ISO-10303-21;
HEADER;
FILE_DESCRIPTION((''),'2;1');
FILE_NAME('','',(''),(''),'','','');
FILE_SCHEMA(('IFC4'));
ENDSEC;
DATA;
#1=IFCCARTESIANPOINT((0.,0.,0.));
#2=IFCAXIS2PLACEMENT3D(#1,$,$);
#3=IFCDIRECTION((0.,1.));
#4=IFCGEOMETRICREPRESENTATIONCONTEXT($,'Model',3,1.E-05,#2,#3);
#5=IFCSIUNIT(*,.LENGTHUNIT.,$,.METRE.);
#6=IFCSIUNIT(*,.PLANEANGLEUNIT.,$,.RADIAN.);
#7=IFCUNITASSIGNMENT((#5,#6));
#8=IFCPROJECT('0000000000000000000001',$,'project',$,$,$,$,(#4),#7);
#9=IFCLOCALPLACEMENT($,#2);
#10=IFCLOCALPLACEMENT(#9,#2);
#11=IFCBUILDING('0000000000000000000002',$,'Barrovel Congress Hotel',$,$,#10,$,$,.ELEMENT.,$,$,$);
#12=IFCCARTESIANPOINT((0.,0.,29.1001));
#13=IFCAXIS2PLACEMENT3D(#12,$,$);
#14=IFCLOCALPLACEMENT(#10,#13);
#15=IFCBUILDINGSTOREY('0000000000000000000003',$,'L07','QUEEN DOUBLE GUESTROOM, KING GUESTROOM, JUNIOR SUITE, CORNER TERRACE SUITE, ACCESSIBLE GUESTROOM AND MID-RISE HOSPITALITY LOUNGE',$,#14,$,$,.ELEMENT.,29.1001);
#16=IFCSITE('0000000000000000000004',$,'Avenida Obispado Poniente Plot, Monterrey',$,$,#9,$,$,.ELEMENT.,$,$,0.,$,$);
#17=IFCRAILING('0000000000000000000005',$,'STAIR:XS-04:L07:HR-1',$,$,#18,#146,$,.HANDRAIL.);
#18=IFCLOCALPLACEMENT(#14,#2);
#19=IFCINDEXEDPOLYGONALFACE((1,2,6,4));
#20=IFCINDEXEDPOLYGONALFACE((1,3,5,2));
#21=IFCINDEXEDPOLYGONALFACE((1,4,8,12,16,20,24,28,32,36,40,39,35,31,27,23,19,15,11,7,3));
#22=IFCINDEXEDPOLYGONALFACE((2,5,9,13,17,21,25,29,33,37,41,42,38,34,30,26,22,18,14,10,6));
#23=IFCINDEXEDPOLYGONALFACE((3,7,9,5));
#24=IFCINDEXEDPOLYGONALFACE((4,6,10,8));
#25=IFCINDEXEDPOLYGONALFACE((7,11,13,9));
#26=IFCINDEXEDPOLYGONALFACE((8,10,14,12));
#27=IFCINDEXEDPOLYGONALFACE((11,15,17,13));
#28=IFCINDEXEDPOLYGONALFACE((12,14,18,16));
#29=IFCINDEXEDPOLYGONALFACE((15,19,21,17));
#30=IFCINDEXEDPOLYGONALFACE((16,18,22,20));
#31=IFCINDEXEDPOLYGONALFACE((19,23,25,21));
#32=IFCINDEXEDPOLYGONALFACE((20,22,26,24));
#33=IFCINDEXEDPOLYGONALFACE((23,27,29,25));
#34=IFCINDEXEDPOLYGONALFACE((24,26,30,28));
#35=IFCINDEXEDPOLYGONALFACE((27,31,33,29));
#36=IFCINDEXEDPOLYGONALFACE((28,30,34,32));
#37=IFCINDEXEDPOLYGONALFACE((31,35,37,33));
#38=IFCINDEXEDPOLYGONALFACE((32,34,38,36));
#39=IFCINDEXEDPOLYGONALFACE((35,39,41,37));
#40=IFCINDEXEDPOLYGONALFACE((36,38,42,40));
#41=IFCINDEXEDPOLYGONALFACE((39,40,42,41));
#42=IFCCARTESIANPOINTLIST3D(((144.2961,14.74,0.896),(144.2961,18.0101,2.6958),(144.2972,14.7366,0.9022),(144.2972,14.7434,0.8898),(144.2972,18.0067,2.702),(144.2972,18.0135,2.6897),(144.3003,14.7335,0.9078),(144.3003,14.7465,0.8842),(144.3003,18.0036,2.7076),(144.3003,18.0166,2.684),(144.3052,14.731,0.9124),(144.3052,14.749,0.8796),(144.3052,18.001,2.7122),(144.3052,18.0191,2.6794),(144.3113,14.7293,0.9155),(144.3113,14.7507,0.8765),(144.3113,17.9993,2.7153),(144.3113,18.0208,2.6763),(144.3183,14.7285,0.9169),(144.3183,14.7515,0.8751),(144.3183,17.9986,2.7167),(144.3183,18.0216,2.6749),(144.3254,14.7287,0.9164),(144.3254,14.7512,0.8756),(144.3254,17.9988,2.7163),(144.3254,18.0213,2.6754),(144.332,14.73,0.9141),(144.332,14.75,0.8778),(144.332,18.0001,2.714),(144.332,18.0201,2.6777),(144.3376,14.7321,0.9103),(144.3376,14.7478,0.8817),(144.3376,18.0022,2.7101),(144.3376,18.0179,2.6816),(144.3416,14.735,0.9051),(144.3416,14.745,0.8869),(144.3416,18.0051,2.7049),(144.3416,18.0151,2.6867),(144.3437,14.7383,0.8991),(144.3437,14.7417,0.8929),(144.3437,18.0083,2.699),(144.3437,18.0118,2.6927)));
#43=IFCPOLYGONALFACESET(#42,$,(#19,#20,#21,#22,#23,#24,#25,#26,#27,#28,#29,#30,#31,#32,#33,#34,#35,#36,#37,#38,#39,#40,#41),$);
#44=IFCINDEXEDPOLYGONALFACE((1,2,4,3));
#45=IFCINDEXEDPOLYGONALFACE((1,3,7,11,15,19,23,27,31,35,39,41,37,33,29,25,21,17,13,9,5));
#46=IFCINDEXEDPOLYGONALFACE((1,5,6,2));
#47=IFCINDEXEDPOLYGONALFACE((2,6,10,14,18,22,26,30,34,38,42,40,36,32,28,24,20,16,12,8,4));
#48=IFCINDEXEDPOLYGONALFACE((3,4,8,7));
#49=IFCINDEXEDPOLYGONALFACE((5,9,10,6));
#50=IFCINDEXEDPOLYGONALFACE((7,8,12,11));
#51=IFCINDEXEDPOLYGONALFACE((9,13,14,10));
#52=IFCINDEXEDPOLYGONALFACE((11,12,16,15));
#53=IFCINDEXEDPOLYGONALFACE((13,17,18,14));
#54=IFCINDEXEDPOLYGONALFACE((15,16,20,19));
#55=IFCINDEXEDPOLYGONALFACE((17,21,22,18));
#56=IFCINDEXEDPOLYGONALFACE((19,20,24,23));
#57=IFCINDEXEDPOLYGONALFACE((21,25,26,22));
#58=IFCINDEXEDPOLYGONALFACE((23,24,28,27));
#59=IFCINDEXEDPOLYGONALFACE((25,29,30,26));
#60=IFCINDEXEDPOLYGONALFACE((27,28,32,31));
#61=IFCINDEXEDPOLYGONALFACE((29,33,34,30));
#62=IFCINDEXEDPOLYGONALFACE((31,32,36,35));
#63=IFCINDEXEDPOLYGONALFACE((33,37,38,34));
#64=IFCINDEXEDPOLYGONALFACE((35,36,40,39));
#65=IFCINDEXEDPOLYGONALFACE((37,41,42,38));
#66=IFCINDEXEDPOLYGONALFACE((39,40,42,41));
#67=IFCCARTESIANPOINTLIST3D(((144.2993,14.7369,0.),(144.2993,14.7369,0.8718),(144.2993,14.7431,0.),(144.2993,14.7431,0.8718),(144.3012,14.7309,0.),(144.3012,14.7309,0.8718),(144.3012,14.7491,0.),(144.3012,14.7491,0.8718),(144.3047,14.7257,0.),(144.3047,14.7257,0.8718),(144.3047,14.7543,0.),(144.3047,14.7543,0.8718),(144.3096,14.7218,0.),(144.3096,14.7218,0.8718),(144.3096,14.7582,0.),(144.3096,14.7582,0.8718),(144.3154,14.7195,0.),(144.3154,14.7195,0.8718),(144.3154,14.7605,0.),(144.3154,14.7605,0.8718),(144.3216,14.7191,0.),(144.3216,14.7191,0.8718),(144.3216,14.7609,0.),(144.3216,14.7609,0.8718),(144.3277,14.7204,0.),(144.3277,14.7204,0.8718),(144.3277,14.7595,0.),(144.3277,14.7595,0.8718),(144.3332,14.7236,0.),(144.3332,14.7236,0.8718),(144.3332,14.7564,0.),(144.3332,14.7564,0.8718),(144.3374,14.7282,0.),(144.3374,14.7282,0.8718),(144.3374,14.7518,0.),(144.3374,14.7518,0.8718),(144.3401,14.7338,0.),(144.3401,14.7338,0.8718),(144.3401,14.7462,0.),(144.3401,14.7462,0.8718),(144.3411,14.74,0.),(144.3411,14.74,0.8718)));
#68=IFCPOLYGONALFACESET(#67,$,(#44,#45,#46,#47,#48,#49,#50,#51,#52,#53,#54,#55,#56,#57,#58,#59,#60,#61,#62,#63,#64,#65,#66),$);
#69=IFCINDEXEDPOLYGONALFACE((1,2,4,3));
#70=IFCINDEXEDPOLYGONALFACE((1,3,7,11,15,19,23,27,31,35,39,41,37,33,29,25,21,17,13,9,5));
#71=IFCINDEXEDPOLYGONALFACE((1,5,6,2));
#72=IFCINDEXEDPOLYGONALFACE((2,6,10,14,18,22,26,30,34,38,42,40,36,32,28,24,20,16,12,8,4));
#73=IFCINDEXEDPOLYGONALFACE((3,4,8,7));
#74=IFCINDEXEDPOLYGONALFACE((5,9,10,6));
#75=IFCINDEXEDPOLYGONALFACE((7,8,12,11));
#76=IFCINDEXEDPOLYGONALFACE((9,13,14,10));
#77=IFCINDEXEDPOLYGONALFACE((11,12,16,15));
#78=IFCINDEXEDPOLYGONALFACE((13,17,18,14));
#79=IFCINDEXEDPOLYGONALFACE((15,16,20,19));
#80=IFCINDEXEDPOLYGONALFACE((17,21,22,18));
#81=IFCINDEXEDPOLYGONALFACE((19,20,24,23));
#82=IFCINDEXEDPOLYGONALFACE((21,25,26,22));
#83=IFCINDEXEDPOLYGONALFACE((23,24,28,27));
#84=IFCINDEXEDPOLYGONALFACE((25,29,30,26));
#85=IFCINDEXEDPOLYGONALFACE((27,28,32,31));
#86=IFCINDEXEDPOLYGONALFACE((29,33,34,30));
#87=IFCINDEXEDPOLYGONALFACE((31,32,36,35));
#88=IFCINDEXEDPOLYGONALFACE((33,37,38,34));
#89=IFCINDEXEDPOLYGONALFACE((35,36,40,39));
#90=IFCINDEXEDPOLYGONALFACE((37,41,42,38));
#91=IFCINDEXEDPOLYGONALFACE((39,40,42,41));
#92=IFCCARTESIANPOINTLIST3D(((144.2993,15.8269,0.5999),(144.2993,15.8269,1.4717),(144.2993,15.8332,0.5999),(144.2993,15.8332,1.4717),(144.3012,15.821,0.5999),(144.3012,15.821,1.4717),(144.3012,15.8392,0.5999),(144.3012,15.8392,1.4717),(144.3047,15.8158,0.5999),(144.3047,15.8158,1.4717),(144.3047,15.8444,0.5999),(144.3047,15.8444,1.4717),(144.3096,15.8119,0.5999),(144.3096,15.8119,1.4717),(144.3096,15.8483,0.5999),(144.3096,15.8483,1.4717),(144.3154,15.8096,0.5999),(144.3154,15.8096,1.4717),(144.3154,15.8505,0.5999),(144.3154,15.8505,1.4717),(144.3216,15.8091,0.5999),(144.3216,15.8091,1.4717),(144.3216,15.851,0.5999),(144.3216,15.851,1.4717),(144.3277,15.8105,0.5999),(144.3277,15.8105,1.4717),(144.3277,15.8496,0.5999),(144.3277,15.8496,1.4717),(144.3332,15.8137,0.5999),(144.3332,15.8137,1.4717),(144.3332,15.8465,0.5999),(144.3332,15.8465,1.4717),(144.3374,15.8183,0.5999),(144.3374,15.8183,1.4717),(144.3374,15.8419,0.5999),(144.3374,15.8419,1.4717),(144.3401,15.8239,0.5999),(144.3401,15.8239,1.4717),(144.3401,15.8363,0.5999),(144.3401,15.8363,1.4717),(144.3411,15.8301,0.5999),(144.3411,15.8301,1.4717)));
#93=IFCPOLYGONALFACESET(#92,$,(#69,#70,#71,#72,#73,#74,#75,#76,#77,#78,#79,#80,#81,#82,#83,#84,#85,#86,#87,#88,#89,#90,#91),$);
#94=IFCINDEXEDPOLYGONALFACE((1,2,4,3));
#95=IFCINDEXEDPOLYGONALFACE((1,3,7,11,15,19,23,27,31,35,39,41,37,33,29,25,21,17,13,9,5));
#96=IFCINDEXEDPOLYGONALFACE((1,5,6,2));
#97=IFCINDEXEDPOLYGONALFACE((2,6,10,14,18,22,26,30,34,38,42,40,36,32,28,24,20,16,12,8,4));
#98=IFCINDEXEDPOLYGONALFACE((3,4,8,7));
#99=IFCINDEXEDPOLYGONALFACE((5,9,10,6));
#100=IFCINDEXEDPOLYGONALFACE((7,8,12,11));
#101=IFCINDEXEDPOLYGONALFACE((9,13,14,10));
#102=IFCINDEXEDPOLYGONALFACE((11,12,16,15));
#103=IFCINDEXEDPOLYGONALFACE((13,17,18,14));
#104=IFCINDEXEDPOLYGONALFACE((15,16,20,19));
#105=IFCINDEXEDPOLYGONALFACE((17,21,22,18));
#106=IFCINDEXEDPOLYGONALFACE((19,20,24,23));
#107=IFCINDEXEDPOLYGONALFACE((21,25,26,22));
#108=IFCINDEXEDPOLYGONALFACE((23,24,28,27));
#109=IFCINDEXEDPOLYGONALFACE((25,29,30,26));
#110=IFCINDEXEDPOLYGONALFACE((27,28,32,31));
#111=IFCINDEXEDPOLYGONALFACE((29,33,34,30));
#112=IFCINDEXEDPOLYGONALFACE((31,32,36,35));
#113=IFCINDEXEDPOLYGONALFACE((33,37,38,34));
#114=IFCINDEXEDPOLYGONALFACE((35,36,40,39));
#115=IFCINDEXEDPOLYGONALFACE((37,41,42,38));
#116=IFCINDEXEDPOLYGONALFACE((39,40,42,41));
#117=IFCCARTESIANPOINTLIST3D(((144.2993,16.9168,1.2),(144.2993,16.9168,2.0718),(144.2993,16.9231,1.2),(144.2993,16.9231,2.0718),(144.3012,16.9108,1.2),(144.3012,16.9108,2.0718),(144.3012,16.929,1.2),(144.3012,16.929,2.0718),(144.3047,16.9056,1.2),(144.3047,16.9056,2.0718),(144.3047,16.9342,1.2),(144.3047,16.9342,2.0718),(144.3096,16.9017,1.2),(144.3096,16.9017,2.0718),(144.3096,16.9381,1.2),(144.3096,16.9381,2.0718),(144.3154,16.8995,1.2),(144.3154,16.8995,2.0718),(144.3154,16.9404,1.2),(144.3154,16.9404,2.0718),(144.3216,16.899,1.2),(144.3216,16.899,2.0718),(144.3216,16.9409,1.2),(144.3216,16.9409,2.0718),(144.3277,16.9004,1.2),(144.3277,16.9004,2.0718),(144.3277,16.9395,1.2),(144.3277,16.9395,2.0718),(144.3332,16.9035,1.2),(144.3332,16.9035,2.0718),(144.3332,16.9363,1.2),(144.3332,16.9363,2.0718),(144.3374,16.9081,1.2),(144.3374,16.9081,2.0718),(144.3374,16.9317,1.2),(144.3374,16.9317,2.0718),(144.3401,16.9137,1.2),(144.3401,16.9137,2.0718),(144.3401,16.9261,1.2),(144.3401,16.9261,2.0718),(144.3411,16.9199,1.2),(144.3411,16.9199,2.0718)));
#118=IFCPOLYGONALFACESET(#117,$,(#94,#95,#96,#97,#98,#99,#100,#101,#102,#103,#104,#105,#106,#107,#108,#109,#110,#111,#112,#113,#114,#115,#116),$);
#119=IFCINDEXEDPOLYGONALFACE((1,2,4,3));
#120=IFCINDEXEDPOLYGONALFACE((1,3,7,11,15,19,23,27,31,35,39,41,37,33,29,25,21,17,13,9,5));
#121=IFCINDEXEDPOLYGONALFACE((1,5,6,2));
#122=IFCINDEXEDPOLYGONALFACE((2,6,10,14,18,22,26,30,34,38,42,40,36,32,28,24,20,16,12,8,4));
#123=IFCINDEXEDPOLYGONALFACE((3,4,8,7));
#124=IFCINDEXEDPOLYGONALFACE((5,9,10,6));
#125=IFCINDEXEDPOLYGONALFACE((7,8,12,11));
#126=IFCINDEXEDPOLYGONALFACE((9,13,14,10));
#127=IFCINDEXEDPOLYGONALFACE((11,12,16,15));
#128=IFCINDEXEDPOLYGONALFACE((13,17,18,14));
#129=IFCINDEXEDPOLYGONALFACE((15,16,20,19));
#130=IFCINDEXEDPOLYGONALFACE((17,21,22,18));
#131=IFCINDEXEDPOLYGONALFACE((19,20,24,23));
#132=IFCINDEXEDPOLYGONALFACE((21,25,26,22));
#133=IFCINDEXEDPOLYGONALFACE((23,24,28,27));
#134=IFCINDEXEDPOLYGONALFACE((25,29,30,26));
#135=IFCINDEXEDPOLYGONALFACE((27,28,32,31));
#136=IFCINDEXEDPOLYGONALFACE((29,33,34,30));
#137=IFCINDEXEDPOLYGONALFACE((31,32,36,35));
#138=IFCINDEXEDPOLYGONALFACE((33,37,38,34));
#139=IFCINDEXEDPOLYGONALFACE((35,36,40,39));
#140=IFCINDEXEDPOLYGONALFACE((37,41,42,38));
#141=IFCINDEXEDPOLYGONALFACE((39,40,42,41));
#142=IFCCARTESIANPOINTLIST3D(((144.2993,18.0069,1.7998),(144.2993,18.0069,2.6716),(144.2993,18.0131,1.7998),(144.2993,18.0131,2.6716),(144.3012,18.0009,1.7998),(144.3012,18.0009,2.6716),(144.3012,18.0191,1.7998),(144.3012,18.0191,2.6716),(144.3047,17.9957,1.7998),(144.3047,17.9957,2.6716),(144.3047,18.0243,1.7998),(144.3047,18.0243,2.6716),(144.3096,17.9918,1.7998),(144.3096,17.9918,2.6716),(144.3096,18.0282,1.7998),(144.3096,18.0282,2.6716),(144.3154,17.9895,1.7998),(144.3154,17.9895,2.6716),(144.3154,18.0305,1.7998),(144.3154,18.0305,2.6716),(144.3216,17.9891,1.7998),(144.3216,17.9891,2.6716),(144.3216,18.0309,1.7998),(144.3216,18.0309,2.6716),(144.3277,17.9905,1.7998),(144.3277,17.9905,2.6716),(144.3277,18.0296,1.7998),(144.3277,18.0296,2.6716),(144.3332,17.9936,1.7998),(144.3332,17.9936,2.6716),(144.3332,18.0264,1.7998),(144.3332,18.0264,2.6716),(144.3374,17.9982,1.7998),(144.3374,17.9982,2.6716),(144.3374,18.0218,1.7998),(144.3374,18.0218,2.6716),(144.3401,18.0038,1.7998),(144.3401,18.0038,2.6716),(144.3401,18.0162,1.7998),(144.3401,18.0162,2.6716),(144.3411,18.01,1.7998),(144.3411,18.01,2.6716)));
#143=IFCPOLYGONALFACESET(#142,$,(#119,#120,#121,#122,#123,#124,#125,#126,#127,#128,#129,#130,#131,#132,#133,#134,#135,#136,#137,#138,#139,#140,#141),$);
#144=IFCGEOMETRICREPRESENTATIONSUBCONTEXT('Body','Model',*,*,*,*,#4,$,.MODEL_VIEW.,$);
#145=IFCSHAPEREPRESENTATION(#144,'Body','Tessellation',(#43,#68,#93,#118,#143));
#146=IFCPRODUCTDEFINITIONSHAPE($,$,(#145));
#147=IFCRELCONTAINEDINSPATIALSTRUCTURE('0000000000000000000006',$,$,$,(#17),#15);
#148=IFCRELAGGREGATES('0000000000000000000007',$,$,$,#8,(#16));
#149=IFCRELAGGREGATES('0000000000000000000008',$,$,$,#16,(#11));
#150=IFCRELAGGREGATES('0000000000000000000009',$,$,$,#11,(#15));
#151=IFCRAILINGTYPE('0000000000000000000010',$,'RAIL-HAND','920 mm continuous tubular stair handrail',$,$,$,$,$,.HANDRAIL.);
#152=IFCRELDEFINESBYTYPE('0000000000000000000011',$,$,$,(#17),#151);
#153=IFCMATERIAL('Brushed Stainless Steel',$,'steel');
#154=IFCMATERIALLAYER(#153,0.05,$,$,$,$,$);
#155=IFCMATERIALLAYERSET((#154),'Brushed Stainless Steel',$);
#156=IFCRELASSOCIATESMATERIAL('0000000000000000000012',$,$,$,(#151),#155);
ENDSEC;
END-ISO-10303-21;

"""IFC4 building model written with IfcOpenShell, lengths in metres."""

from ifc_helpers import new_model, si_unit, direction, frame, origin, origin_2d, place, context, subcontext, project, spatial, circle, extrude, material, layer, layer_set, type_object, element, save


model = new_model("IFC4")

# Units and contexts
model_context = context("Model", 3, precision=1e-05, world=origin(), true_north=direction((0.0, 1.0)))
body_context = subcontext(model_context, "Body", "Model", "MODEL_VIEW")
ifc_project = project(units=[si_unit("LENGTHUNIT", "METRE"), si_unit("PLANEANGLEUNIT", "RADIAN")], contexts=[model_context])

# Site, building, storey
site_placement = place(None, origin())
site = spatial("IfcSite", under=ifc_project, at=site_placement, Name="Avenida Obispado Poniente Plot, Monterrey", CompositionType="ELEMENT", RefElevation=0.0)
building_placement = place(site_placement, origin())
building = spatial("IfcBuilding", under=site, at=building_placement, Name="Barrovel Congress Hotel", CompositionType="ELEMENT")
storey_placement = place(building_placement, frame((0.0, 0.0, 29.1001)))
storey = spatial("IfcBuildingStorey", under=building, at=storey_placement, Name="L07", Description="QUEEN DOUBLE GUESTROOM, KING GUESTROOM, JUNIOR SUITE, CORNER TERRACE SUITE, ACCESSIBLE GUESTROOM AND MID-RISE HOSPITALITY LOUNGE", CompositionType="ELEMENT", Elevation=29.1001)

# Railing
ifc_material_1 = material(Name="Brushed Stainless Steel", Category="steel")
ifc_layer_1 = layer(ifc_material_1, 0.05)
ifc_layer_set_1 = layer_set([ifc_layer_1], Name="Brushed Stainless Steel")
railing_type_1 = type_object("IfcRailingType", Name="RAIL-HAND", Description="920 mm continuous tubular stair handrail", PredefinedType="HANDRAIL", material=ifc_layer_set_1)
railing_1_placement = place(storey_placement, frame((144.3201, 14.74, 0.0)))
element("IfcRailing", 1, at=railing_1_placement, inside=storey, type_object=railing_type_1, Name="STAIR:XS-04:L07:HR-1", PredefinedType="HANDRAIL", context=body_context, shape_type="SweptSolid", body=[
    extrude(circle(Radius=0.0239, at=origin_2d()), frame((0.0, 0.0, 0.896), z_axis=(0.0, 0.876069, 0.482185), x_axis=(-1.0, 0.0, 0.0)), (0.0, 0.0, 1.0), 3.7327),
    extrude(circle(Radius=0.021, at=origin_2d()), origin(), (0.0, 0.0, 1.0), 0.8718),
    extrude(circle(Radius=0.021, at=origin_2d()), frame((0.0, 1.0901, 0.5999)), (0.0, 0.0, 1.0), 0.8718),
    extrude(circle(Radius=0.021, at=origin_2d()), frame((0.0, 2.1799, 1.2)), (0.0, 0.0, 1.0), 0.8718),
    extrude(circle(Radius=0.021, at=origin_2d()), frame((0.0, 3.27, 1.7998)), (0.0, 0.0, 1.0), 0.8718),
])

save(model, "model.ifc")
